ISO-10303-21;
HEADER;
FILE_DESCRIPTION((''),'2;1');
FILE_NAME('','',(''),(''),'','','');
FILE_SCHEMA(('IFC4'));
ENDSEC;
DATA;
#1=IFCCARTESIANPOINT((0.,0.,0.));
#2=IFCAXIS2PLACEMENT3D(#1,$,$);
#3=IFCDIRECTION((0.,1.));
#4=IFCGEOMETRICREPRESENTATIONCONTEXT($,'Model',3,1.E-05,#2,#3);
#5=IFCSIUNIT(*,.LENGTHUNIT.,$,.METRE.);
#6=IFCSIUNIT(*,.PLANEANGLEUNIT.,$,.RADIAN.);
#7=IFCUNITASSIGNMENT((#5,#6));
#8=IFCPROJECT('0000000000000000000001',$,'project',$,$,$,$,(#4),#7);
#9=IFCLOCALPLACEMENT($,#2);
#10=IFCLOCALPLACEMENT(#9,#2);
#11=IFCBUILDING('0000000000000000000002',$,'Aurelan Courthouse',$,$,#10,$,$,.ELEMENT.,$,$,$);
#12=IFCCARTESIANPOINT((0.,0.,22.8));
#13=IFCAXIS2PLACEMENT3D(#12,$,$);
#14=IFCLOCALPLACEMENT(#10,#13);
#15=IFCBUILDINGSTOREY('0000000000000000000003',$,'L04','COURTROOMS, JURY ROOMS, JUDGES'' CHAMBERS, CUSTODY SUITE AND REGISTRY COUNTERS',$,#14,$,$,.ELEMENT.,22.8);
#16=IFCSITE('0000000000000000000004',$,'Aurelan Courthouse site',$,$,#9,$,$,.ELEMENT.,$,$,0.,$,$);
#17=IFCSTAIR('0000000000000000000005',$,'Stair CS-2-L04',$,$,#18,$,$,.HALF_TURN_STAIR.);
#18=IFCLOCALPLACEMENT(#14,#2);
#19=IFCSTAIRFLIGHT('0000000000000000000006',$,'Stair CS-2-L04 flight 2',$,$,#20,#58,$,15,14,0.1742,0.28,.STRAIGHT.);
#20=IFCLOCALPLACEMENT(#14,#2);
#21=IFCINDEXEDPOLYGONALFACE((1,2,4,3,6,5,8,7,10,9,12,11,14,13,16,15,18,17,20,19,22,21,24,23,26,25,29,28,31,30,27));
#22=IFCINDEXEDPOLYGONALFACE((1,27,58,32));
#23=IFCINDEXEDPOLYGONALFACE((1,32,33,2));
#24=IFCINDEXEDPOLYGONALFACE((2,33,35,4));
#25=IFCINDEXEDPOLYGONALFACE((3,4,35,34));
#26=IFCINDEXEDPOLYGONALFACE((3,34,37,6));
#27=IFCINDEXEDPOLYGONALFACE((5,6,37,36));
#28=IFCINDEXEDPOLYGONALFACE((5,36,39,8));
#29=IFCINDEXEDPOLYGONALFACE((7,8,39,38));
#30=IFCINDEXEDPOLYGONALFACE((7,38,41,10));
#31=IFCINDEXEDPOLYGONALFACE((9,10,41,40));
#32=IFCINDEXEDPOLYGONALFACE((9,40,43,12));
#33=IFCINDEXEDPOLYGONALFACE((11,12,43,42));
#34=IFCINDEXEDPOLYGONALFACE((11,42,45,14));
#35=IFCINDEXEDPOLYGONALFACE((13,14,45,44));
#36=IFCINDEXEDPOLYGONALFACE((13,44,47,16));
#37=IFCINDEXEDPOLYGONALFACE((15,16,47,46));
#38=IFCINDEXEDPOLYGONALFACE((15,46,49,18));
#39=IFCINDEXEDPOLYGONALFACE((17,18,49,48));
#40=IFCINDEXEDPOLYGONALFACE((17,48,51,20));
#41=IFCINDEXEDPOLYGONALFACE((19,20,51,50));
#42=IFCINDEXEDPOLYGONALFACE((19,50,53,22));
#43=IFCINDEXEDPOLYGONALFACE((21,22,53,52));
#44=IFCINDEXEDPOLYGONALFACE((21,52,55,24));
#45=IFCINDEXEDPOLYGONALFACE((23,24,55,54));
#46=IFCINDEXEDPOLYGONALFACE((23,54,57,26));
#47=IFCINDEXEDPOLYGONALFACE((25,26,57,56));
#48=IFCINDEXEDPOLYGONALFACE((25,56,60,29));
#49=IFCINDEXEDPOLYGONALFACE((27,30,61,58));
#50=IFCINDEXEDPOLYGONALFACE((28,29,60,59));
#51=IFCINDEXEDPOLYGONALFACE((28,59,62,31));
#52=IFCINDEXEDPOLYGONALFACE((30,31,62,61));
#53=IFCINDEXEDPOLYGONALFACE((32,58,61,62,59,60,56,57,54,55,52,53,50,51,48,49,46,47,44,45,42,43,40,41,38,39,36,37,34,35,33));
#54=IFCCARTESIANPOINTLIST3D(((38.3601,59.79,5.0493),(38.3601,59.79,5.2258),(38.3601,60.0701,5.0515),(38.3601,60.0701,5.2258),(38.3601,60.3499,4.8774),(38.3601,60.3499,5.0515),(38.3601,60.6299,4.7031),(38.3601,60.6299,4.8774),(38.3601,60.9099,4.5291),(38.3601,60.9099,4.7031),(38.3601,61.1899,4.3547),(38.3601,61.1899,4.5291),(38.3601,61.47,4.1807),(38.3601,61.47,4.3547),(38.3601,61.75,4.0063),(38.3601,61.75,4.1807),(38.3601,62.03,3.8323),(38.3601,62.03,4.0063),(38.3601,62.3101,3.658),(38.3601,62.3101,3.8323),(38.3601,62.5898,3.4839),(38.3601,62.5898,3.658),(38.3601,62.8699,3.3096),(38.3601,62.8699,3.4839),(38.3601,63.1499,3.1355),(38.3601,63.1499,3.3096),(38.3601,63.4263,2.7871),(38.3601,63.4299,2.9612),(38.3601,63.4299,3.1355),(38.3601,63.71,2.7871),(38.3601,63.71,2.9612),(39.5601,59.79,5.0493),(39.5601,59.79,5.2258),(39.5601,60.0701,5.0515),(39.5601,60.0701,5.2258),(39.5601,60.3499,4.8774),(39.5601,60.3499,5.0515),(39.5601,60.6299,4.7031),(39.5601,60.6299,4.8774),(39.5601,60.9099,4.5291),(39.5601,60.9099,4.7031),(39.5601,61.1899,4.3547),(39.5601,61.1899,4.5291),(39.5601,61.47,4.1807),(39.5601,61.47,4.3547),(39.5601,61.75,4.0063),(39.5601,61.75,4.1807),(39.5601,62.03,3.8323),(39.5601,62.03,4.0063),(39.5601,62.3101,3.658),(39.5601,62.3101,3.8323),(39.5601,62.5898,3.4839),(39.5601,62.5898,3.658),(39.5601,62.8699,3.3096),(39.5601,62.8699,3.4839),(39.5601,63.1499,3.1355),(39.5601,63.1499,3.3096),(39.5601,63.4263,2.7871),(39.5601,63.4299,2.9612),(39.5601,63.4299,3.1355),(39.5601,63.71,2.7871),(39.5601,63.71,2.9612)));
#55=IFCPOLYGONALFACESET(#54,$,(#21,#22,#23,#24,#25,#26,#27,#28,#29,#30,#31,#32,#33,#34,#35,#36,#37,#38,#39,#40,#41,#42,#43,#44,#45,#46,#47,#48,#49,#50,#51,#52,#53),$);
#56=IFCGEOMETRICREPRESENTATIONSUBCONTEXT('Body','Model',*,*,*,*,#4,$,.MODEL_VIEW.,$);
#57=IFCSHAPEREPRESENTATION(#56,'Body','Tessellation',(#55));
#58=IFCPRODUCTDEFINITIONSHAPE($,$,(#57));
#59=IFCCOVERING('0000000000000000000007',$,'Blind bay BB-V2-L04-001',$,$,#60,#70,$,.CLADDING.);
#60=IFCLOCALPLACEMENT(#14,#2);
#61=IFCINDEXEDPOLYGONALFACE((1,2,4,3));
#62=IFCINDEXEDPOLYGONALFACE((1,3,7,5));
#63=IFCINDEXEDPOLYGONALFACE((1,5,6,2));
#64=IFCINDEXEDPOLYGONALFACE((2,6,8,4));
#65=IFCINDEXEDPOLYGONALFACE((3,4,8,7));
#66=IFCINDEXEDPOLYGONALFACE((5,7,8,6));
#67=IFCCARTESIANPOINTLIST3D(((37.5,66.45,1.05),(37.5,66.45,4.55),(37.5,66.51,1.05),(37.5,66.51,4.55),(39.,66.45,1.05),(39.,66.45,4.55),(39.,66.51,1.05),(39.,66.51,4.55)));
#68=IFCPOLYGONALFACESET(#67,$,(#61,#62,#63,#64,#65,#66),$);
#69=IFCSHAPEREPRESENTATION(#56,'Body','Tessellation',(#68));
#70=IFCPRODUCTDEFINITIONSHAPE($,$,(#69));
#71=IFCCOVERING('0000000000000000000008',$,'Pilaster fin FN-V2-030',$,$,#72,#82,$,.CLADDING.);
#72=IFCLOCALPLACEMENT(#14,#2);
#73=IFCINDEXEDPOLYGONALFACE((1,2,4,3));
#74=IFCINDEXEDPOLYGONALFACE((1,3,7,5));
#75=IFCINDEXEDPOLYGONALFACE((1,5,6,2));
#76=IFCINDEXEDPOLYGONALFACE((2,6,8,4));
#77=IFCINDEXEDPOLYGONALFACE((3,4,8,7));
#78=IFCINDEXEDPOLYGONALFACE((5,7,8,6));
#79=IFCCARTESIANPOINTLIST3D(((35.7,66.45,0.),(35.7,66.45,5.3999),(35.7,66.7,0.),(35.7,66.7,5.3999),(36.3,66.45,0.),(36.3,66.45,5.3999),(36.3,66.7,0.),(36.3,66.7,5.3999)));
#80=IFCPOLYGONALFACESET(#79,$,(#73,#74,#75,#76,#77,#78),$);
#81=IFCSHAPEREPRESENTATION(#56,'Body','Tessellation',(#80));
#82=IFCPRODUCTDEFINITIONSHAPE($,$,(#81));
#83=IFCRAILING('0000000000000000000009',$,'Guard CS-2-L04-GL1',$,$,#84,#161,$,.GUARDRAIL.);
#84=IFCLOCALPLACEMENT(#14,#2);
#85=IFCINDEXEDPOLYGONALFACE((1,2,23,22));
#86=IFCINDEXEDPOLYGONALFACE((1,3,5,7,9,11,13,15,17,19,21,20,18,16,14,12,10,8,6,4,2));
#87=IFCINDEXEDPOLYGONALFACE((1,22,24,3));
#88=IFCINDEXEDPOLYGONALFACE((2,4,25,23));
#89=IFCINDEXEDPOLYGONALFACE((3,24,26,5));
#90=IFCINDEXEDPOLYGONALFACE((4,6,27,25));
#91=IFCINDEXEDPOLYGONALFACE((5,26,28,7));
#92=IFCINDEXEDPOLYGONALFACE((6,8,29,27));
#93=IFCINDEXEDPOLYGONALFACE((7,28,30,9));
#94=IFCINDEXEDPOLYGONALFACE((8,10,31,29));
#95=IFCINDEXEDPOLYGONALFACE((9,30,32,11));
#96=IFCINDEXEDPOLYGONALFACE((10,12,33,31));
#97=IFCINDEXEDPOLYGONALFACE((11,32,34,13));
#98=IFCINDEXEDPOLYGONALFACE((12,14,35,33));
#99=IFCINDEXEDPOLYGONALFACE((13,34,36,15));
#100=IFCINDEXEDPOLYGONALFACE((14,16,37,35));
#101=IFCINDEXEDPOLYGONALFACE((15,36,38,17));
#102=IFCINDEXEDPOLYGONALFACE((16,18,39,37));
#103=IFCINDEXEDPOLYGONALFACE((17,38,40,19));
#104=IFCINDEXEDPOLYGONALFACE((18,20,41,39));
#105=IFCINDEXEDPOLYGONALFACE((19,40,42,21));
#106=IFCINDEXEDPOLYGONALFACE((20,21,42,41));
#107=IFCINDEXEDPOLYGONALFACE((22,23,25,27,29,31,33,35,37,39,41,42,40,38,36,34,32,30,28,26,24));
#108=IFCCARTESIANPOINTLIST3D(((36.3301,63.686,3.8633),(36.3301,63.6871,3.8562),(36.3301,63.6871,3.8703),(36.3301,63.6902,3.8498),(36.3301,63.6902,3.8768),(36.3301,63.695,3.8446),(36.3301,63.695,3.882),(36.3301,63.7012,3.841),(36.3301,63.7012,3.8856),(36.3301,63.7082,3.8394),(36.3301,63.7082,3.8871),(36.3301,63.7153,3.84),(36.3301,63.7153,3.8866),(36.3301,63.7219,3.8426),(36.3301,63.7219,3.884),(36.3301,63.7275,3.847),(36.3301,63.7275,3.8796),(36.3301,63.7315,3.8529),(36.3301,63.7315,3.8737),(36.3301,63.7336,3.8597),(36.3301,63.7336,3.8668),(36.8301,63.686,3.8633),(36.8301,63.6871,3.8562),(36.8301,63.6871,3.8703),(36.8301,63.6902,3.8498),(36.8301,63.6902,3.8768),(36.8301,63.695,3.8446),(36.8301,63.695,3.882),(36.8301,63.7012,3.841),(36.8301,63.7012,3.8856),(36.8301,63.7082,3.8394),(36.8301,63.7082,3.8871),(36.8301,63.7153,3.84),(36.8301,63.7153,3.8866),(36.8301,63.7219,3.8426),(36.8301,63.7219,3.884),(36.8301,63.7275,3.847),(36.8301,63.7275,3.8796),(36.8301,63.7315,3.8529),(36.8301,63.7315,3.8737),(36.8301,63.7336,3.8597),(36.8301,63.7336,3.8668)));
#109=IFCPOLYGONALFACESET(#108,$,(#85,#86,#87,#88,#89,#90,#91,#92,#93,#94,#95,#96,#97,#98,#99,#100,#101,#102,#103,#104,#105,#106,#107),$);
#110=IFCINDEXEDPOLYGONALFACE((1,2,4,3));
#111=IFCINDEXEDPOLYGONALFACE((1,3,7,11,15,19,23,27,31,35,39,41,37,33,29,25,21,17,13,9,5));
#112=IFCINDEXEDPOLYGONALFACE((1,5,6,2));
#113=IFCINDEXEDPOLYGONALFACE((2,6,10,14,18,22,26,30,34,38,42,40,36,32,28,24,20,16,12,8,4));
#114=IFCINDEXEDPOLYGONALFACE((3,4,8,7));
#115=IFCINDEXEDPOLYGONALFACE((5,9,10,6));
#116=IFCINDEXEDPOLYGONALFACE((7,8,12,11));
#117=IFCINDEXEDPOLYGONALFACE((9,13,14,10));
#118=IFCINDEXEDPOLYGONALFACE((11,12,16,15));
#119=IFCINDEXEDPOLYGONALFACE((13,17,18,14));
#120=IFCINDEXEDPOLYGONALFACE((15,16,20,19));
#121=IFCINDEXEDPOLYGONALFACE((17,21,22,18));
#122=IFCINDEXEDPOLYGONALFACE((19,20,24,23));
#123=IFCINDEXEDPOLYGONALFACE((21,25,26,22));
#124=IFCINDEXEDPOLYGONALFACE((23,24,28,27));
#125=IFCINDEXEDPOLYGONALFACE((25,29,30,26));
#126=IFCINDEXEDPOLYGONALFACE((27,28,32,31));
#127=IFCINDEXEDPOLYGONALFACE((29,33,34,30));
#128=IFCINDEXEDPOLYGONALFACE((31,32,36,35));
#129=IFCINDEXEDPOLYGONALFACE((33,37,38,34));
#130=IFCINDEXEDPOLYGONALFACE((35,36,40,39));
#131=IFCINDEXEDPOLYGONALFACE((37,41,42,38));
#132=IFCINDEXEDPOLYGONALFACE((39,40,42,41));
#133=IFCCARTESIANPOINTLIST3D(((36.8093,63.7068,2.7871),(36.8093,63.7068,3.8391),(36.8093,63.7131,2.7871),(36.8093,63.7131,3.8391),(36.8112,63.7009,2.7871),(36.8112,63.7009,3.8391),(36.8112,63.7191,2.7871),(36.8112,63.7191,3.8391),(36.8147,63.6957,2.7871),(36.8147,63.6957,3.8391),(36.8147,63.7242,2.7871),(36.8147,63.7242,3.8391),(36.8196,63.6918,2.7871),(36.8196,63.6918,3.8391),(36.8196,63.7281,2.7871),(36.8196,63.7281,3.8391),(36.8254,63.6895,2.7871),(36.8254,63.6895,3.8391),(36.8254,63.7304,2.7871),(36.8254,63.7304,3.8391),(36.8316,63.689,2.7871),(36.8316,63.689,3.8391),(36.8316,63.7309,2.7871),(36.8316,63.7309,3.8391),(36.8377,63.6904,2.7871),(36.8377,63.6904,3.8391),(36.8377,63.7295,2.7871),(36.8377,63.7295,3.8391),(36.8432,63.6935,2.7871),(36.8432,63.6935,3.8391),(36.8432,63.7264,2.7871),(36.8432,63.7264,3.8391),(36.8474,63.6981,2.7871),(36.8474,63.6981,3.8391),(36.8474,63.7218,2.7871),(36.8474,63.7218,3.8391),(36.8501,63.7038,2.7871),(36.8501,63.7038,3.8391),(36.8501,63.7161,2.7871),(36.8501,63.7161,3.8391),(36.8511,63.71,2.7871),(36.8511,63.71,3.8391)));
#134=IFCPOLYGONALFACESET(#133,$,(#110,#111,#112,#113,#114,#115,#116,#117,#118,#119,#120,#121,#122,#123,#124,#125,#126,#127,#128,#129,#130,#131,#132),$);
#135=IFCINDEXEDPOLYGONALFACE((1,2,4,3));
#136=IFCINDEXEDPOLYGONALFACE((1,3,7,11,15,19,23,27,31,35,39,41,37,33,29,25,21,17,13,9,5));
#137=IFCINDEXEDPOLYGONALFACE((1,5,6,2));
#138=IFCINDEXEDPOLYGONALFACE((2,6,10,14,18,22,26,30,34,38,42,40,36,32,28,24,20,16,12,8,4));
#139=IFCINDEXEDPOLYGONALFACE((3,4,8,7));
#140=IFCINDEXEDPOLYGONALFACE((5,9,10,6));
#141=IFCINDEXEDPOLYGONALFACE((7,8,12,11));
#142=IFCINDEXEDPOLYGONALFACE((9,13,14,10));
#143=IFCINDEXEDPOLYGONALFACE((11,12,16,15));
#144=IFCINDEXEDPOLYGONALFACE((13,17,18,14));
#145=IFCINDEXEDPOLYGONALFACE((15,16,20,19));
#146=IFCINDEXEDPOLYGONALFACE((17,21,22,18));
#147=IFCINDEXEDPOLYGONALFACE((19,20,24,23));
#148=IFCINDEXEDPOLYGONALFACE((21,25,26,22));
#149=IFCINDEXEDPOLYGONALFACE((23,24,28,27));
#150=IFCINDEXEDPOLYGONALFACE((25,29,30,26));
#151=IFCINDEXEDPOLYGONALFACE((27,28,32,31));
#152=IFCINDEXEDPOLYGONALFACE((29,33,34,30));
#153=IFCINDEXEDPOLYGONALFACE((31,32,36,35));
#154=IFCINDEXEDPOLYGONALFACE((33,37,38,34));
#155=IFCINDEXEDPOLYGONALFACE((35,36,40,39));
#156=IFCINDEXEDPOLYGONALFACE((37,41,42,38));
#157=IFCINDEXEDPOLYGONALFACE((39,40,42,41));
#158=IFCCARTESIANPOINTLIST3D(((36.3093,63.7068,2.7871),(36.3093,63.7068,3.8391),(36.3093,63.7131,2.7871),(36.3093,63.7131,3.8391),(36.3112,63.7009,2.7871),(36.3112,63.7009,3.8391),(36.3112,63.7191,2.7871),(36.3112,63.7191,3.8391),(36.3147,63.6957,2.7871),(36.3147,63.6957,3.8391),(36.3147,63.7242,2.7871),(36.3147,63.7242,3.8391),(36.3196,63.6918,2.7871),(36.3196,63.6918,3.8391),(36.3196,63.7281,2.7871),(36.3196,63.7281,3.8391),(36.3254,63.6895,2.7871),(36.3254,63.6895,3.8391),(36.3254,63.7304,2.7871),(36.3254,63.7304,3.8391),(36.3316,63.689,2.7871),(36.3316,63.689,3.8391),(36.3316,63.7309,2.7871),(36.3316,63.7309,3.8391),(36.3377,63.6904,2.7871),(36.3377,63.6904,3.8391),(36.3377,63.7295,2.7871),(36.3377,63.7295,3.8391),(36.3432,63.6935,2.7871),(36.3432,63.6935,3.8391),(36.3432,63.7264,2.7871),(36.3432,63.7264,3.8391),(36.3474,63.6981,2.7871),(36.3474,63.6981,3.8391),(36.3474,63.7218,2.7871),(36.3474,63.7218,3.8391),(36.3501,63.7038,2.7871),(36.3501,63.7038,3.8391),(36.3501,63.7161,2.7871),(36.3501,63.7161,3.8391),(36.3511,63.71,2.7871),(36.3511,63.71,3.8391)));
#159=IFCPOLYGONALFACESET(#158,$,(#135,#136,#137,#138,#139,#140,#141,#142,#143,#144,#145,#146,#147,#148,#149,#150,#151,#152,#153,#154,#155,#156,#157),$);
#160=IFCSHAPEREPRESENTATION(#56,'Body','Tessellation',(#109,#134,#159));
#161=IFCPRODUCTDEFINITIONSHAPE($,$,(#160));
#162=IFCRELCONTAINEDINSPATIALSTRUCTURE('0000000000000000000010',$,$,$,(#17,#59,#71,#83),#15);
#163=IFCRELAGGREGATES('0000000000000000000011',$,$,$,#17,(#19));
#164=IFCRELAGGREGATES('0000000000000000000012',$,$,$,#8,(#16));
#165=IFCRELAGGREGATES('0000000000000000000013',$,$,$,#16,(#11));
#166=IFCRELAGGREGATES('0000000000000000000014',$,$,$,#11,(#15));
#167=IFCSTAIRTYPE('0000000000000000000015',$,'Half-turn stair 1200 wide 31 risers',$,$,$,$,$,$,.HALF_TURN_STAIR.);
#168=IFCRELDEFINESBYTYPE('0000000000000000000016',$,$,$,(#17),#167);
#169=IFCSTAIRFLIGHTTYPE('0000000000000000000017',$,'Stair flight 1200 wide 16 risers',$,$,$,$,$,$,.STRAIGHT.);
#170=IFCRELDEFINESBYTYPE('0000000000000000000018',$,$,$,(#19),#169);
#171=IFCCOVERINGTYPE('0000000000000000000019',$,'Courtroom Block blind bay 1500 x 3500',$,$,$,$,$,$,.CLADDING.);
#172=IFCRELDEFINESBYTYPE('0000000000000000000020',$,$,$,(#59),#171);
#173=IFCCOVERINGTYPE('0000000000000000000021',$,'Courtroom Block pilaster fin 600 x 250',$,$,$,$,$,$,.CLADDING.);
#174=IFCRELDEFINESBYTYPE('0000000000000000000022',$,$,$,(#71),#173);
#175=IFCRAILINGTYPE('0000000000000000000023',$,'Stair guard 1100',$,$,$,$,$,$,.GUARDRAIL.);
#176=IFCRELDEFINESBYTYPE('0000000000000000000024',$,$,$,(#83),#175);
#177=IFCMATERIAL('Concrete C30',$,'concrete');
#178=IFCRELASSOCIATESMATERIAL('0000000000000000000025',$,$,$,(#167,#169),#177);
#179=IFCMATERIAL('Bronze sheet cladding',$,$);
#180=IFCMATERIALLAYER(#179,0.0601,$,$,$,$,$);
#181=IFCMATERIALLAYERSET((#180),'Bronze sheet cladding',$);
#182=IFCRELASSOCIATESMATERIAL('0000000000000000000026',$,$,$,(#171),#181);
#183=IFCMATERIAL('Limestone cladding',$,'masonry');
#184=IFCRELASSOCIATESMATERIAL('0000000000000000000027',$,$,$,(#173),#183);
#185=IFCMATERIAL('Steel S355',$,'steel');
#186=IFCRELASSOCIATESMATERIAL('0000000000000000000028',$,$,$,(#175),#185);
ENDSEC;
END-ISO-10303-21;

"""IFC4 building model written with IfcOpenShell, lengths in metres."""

from ifc_helpers import new_model, si_unit, direction, frame, origin, origin_2d, place, context, subcontext, project, spatial, polyline, rectangle, circle, outline, extrude, material, layer, layer_set, type_object, element, aggregate, save


model = new_model("IFC4")

# Units and contexts
model_context = context("Model", 3, precision=1e-05, world=origin(), true_north=direction((0.0, 1.0)))
body_context = subcontext(model_context, "Body", "Model", "MODEL_VIEW")
ifc_project = project(units=[si_unit("LENGTHUNIT", "METRE"), si_unit("PLANEANGLEUNIT", "RADIAN")], contexts=[model_context])

# Site, building, storey
site_placement = place(None, origin())
site = spatial("IfcSite", under=ifc_project, at=site_placement, Name="Aurelan Courthouse site", CompositionType="ELEMENT", RefElevation=0.0)
building_placement = place(site_placement, origin())
building = spatial("IfcBuilding", under=site, at=building_placement, Name="Aurelan Courthouse", CompositionType="ELEMENT")
storey_placement = place(building_placement, frame((0.0, 0.0, 22.8)))
storey = spatial("IfcBuildingStorey", under=building, at=storey_placement, Name="L04", Description="COURTROOMS, JURY ROOMS, JUDGES' CHAMBERS, CUSTODY SUITE AND REGISTRY COUNTERS", CompositionType="ELEMENT", Elevation=22.8)

# Shared definitions
ifc_material_1 = material(Name="Limestone cladding", Category="masonry")
ifc_material_2 = material(Name="Concrete C30", Category="concrete")

# Stair, stair flight
stair_type = type_object("IfcStairType", Name="Half-turn stair 1200 wide 31 risers", PredefinedType="HALF_TURN_STAIR", material=ifc_material_2)
stair_placement = place(storey_placement, origin())
stair = element("IfcStair", 1, at=stair_placement, inside=storey, type_object=stair_type, Name="Stair CS-2-L04", PredefinedType="HALF_TURN_STAIR")
stair_flight_type = type_object("IfcStairFlightType", Name="Stair flight 1200 wide 16 risers", PredefinedType="STRAIGHT", material=ifc_material_2)
stair_flight_1_placement = place(storey_placement, frame((38.96, 63.71, 2.7871), z_axis=(0.0, 0.0, 1.0), x_axis=(0.0, -1.0, 0.0)))
stair_flight_1 = element("IfcStairFlight", 2, at=stair_flight_1_placement, type_object=stair_flight_type, Name="Stair CS-2-L04 flight 2", NumberOfRisers=15, NumberOfTreads=14, PredefinedType="STRAIGHT", RiserHeight=0.1742, TreadLength=0.28, context=body_context, shape_type="SweptSolid", body=[
    extrude(outline(polyline([(0.0, 0.0), (0.0, 0.1741), (0.28, 0.1741), (0.28, 0.3484), (0.5601, 0.3484), (0.5601, 0.5225), (0.8401, 0.5225), (0.8401, 0.6968), (1.1201, 0.6968), (1.1201, 0.8708), (1.3999, 0.8708), (1.3999, 1.0452), (1.6799, 1.0452), (1.6799, 1.2192), (1.96, 1.2192), (1.96, 1.3936), (2.24, 1.3936), (2.24, 1.5676), (2.52, 1.5676), (2.52, 1.7419), (2.8, 1.7419), (2.8, 1.916), (3.0801, 1.916), (3.0801, 2.0903), (3.3601, 2.0903), (3.3601, 2.2644), (3.6399, 2.2644), (3.6399, 2.4387), (3.9199, 2.4387), (3.9199, 2.6128), (3.9199, 2.2622), (0.2837, 0.0), (0.0, 0.0)])), frame((0.0, 0.6001, 0.0), z_axis=(0.0, -1.0, 0.0), x_axis=(1.0, 0.0, 0.0)), (0.0, 0.0, 1.0), 1.2),
])
aggregate(stair, [stair_flight_1])

# Coverings
ifc_material_3 = material(Name="Bronze sheet cladding")
ifc_layer_1 = layer(ifc_material_3, 0.0601)
ifc_layer_set_1 = layer_set([ifc_layer_1], Name="Bronze sheet cladding")
covering_type_1 = type_object("IfcCoveringType", Name="Courtroom Block blind bay 1500 x 3500", PredefinedType="CLADDING", material=ifc_layer_set_1)
covering_1_placement = place(storey_placement, frame((38.25, 66.48, 1.05), z_axis=(0.0, 0.0, 1.0), x_axis=(1.0, 0.0, 0.0)))
element("IfcCovering", 3, at=covering_1_placement, inside=storey, type_object=covering_type_1, Name="Blind bay BB-V2-L04-001", PredefinedType="CLADDING", context=body_context, shape_type="SweptSolid", body=[
    extrude(rectangle(XDim=1.5, YDim=0.0601, at=origin_2d()), origin(), (0.0, 0.0, 1.0), 3.5),
])
covering_type_2 = type_object("IfcCoveringType", Name="Courtroom Block pilaster fin 600 x 250", PredefinedType="CLADDING", material=ifc_material_1)
covering_2_placement = place(storey_placement, frame((36.0, 66.575, 0.0), z_axis=(0.0, 0.0, 1.0), x_axis=(1.0, 0.0, 0.0)))
element("IfcCovering", 4, at=covering_2_placement, inside=storey, type_object=covering_type_2, Name="Pilaster fin FN-V2-030", PredefinedType="CLADDING", context=body_context, shape_type="SweptSolid", body=[
    extrude(rectangle(XDim=0.6001, YDim=0.25, at=origin_2d()), origin(), (0.0, 0.0, 1.0), 5.3999),
])

# Railing
ifc_material_4 = material(Name="Steel S355", Category="steel")
railing_type_1 = type_object("IfcRailingType", Name="Stair guard 1100", PredefinedType="GUARDRAIL", material=ifc_material_4)
railing_1_placement = place(storey_placement, frame((36.8301, 63.71, 2.7871)))
element("IfcRailing", 5, at=railing_1_placement, inside=storey, type_object=railing_type_1, Name="Guard CS-2-L04-GL1", PredefinedType="GUARDRAIL", context=body_context, shape_type="SweptSolid", body=[
    extrude(circle(Radius=0.0239, at=origin_2d()), frame((0.0, 0.0, 1.0762), z_axis=(-1.0, 0.0, 0.0), x_axis=(0.0, -1.0, 0.0)), (0.0, 0.0, 1.0), 0.5),
    extrude(circle(Radius=0.021, at=origin_2d()), origin(), (0.0, 0.0, 1.0), 1.052),
    extrude(circle(Radius=0.021, at=origin_2d()), frame((-0.5, 0.0, 0.0)), (0.0, 0.0, 1.0), 1.052),
])

save(model, "model.ifc")
